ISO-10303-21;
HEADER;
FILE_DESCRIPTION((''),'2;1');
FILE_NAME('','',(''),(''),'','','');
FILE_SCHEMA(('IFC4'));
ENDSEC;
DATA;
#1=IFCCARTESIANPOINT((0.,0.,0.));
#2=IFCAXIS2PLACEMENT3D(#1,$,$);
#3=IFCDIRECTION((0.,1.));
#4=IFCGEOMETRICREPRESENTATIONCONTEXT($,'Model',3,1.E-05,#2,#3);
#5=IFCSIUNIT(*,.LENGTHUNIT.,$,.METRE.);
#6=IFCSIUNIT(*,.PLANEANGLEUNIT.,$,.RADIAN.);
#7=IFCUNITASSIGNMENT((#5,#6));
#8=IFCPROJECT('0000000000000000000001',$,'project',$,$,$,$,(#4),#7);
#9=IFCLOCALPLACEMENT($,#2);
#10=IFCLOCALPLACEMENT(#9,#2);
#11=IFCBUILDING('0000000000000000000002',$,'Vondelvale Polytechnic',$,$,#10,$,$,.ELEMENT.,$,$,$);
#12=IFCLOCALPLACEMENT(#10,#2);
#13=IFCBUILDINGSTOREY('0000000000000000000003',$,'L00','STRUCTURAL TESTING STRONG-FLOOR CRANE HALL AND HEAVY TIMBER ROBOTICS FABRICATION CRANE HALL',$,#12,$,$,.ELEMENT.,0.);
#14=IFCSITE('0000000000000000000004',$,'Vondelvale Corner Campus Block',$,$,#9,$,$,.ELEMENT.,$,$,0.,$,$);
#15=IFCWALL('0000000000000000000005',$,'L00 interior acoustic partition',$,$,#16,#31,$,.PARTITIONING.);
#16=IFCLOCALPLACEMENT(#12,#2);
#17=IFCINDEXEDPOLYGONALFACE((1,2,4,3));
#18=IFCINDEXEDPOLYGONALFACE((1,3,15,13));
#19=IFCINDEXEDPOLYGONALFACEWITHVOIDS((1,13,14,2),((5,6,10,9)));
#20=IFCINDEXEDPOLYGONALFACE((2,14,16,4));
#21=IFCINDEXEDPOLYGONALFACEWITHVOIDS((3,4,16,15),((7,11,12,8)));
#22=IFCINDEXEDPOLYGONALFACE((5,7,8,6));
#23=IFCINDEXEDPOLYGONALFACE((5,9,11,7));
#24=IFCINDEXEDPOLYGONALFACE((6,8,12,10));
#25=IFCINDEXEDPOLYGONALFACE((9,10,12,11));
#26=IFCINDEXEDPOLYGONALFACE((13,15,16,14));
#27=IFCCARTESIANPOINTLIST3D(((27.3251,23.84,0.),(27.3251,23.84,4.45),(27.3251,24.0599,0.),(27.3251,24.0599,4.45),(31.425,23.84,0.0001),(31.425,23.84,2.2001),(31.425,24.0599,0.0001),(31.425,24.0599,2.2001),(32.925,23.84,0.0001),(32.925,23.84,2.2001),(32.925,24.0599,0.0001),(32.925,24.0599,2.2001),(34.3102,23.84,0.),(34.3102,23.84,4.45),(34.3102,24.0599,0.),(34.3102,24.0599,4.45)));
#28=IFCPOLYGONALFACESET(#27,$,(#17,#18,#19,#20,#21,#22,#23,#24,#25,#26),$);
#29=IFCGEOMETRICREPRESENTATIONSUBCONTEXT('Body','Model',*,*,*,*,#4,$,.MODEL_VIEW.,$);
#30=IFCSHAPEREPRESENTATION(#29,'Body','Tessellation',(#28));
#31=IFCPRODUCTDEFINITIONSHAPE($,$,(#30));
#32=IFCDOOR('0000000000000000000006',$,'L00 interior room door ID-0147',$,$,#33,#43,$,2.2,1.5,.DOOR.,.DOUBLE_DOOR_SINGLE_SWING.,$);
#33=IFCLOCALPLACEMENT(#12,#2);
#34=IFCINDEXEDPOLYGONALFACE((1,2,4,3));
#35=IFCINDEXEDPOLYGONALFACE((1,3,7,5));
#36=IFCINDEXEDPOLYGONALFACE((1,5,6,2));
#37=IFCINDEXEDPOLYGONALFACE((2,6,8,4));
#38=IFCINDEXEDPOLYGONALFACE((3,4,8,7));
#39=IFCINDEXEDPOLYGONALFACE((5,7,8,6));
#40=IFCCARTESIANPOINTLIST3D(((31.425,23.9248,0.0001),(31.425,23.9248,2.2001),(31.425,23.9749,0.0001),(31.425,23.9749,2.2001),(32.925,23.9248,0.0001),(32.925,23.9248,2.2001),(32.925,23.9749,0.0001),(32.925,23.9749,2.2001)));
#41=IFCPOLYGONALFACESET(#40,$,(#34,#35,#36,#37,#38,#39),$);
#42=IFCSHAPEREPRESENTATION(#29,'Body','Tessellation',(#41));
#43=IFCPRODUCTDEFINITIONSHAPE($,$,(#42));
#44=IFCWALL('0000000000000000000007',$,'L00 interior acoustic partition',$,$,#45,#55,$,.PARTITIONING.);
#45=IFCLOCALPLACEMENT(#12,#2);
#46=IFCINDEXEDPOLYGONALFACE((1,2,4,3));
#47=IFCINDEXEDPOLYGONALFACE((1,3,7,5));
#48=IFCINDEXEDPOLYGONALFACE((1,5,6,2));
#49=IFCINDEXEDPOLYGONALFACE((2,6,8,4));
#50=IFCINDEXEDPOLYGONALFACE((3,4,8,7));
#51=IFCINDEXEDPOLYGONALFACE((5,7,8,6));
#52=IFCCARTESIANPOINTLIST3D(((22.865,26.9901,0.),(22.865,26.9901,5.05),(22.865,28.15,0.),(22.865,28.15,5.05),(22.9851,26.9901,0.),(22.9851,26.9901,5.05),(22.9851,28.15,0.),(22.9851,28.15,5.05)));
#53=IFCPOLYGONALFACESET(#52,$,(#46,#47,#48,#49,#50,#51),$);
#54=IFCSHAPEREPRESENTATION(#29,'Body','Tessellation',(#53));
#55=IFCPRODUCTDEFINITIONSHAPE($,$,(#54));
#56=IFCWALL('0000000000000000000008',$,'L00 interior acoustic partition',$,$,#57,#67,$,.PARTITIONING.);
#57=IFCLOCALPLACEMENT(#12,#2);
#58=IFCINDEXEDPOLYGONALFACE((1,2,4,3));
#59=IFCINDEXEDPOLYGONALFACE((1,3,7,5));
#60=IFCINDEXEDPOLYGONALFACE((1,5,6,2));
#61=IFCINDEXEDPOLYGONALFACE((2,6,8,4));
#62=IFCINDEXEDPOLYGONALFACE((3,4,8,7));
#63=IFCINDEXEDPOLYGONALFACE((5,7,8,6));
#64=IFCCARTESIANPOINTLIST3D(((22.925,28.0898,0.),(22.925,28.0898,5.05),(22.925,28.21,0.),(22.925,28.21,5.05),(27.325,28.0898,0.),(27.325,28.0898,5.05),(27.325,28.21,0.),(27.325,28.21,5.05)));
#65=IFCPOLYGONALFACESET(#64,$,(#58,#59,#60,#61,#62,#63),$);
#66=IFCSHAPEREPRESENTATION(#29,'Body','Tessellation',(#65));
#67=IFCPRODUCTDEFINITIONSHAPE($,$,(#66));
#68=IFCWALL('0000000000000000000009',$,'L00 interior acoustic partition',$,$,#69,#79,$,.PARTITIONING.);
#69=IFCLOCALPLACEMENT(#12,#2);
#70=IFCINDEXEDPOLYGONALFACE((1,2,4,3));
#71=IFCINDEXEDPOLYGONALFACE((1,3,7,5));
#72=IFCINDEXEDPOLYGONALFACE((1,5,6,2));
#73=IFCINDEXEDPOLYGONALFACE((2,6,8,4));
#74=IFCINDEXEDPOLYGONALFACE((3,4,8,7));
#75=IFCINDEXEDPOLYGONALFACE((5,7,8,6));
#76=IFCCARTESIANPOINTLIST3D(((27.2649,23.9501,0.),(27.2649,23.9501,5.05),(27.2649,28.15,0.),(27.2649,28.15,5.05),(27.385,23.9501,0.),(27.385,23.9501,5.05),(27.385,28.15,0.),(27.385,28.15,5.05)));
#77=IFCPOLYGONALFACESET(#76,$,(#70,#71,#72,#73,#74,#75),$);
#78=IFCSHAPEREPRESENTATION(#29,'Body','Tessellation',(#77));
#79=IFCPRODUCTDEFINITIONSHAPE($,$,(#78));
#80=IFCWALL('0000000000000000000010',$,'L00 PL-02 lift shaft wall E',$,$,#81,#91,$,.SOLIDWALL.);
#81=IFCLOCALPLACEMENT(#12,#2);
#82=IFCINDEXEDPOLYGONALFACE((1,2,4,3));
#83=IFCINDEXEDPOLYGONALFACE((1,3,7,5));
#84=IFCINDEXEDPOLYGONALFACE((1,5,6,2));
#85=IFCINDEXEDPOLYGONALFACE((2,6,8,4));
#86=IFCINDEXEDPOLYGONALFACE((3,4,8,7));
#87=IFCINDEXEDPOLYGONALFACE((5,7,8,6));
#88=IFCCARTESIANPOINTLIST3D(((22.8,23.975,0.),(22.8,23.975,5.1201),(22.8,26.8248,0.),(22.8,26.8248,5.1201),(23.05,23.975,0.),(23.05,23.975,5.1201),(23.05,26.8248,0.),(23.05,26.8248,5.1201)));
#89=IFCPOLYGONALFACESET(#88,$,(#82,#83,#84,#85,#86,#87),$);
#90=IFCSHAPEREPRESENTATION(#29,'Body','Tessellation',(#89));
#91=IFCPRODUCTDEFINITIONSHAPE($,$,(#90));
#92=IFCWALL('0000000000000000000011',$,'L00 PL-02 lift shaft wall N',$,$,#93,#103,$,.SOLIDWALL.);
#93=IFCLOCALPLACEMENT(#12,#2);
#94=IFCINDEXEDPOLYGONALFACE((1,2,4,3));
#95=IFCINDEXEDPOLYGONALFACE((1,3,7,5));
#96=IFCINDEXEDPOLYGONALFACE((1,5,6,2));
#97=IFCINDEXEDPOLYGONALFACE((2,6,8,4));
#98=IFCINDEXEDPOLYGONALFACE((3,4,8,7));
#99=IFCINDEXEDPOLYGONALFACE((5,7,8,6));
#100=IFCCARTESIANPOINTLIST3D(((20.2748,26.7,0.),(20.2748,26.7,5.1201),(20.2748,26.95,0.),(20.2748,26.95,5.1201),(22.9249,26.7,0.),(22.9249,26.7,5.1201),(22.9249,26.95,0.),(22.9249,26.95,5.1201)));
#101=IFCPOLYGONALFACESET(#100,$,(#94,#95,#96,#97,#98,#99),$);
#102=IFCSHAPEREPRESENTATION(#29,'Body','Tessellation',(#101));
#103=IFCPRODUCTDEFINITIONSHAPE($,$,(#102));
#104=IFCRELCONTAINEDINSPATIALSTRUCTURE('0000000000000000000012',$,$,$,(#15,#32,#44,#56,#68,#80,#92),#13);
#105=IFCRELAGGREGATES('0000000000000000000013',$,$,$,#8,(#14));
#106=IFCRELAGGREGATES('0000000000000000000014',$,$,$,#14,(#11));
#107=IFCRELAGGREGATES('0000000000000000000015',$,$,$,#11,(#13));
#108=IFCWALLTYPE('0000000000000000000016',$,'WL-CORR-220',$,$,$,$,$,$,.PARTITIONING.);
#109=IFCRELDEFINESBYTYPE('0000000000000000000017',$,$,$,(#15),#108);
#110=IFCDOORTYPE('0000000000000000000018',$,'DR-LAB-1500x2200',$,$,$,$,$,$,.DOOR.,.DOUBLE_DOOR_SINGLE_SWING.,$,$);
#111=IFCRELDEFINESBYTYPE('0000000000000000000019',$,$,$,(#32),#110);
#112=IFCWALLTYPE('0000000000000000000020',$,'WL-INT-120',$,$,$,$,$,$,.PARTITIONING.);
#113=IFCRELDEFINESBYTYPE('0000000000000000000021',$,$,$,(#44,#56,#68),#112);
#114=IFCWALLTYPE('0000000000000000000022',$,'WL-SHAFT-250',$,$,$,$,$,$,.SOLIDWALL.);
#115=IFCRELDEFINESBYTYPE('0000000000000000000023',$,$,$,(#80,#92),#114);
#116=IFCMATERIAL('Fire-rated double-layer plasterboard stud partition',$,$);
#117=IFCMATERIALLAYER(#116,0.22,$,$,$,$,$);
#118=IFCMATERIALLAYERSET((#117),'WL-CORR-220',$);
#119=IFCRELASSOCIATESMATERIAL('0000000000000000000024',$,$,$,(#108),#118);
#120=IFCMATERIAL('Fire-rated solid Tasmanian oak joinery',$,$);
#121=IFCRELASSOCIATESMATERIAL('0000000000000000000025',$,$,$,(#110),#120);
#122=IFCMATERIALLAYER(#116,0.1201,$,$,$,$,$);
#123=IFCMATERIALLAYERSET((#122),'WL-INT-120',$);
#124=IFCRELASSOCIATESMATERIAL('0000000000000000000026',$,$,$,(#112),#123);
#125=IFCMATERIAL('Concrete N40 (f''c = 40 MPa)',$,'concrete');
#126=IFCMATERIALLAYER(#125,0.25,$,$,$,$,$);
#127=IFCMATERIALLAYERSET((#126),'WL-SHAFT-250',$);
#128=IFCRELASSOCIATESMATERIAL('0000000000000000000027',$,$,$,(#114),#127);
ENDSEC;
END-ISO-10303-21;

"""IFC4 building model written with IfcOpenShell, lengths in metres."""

from ifc_helpers import new_model, si_unit, direction, frame, frame_2d, origin, place, context, subcontext, project, spatial, rectangle, extrude, material, layer, layer_set, type_object, element, fill, save


model = new_model("IFC4")

# Units and contexts
model_context = context("Model", 3, precision=1e-05, world=origin(), true_north=direction((0.0, 1.0)))
body_context = subcontext(model_context, "Body", "Model", "MODEL_VIEW")
ifc_project = project(units=[si_unit("LENGTHUNIT", "METRE"), si_unit("PLANEANGLEUNIT", "RADIAN")], contexts=[model_context])

# Site, building, storey
site_placement = place(None, origin())
site = spatial("IfcSite", under=ifc_project, at=site_placement, Name="Vondelvale Corner Campus Block", CompositionType="ELEMENT", RefElevation=0.0)
building_placement = place(site_placement, origin())
building = spatial("IfcBuilding", under=site, at=building_placement, Name="Vondelvale Polytechnic", CompositionType="ELEMENT")
storey_placement = place(building_placement, origin())
storey = spatial("IfcBuildingStorey", under=building, at=storey_placement, Name="L00", Description="STRUCTURAL TESTING STRONG-FLOOR CRANE HALL AND HEAVY TIMBER ROBOTICS FABRICATION CRANE HALL", CompositionType="ELEMENT", Elevation=0.0)

# Shared definitions
ifc_material_1 = material(Name="Concrete N40 (f'c = 40 MPa)", Category="concrete")

# Wall, opening, door
ifc_material_2 = material(Name="Fire-rated double-layer plasterboard stud partition")
ifc_layer_1 = layer(ifc_material_2, 0.22)
ifc_layer_set_1 = layer_set([ifc_layer_1], Name="WL-CORR-220")
wall_type_1 = type_object("IfcWallType", Name="WL-CORR-220", PredefinedType="PARTITIONING", material=ifc_layer_set_1)
ifc_material_3 = material(Name="Fire-rated solid Tasmanian oak joinery")
wall_1_placement = place(storey_placement, frame((27.325, 23.95, 0.0), z_axis=(0.0, 0.0, 1.0), x_axis=(1.0, 0.0, 0.0)))
wall_1 = element("IfcWall", 1, at=wall_1_placement, inside=storey, type_object=wall_type_1, Name="L00 interior acoustic partition", PredefinedType="PARTITIONING", context=body_context, shape_type="SweptSolid", body=[
    extrude(rectangle(XDim=6.9851, YDim=0.22, at=frame_2d((3.4927, 0.0))), origin(), (0.0, 0.0, 1.0), 4.45),
])
opening_1_placement = place(wall_1_placement, frame((4.1001, 0.0, 0.0)))
opening_1 = element("IfcOpeningElement", 2, at=opening_1_placement, cuts=wall_1, PredefinedType="OPENING", context=body_context, shape_type="SweptSolid", body=[
    extrude(rectangle(XDim=1.5, YDim=2.2, at=frame_2d((0.75, 1.1001))), frame((0.0, 0.1199, 0.0), z_axis=(0.0, -1.0, 0.0), x_axis=(1.0, 0.0, 0.0)), (0.0, 0.0, 1.0), 0.24),
])
door_type_1 = type_object("IfcDoorType", Name="DR-LAB-1500x2200", OperationType="DOUBLE_DOOR_SINGLE_SWING", PredefinedType="DOOR", material=ifc_material_3)
door_1_placement = place(opening_1_placement, origin())
door_1 = element("IfcDoor", 3, at=door_1_placement, inside=storey, type_object=door_type_1, Name="L00 interior room door ID-0147", OperationType="DOUBLE_DOOR_SINGLE_SWING", OverallHeight=2.2, OverallWidth=1.5, PredefinedType="DOOR", context=body_context, shape_type="SweptSolid", body=[
    extrude(rectangle(XDim=1.5, YDim=2.2, at=frame_2d((0.75, 1.1001))), frame((0.0, 0.0249, 0.0), z_axis=(0.0, -1.0, 0.0), x_axis=(1.0, 0.0, 0.0)), (0.0, 0.0, 1.0), 0.05),
])
fill(opening_1, door_1)

# Walls
ifc_layer_2 = layer(ifc_material_2, 0.1201)
ifc_layer_set_2 = layer_set([ifc_layer_2], Name="WL-INT-120")
wall_type_2 = type_object("IfcWallType", Name="WL-INT-120", PredefinedType="PARTITIONING", material=ifc_layer_set_2)
wall_2_placement = place(storey_placement, frame((22.925, 26.99, 0.0), z_axis=(0.0, 0.0, 1.0), x_axis=(0.0, 1.0, 0.0)))
element("IfcWall", 4, at=wall_2_placement, inside=storey, type_object=wall_type_2, Name="L00 interior acoustic partition", PredefinedType="PARTITIONING", context=body_context, shape_type="SweptSolid", body=[
    extrude(rectangle(XDim=1.1599, YDim=0.1201, at=frame_2d((0.5801, 0.0))), origin(), (0.0, 0.0, 1.0), 5.05),
])
wall_3_placement = place(storey_placement, frame((22.925, 28.1499, 0.0), z_axis=(0.0, 0.0, 1.0), x_axis=(1.0, 0.0, 0.0)))
element("IfcWall", 5, at=wall_3_placement, inside=storey, type_object=wall_type_2, Name="L00 interior acoustic partition", PredefinedType="PARTITIONING", context=body_context, shape_type="SweptSolid", body=[
    extrude(rectangle(XDim=4.3999, YDim=0.1201, at=frame_2d((2.2, 0.0))), origin(), (0.0, 0.0, 1.0), 5.05),
])
wall_4_placement = place(storey_placement, frame((27.325, 23.95, 0.0), z_axis=(0.0, 0.0, 1.0), x_axis=(0.0, 1.0, 0.0)))
element("IfcWall", 6, at=wall_4_placement, inside=storey, type_object=wall_type_2, Name="L00 interior acoustic partition", PredefinedType="PARTITIONING", context=body_context, shape_type="SweptSolid", body=[
    extrude(rectangle(XDim=4.2, YDim=0.1201, at=frame_2d((2.1001, 0.0))), origin(), (0.0, 0.0, 1.0), 5.05),
])
ifc_layer_3 = layer(ifc_material_1, 0.25)
ifc_layer_set_3 = layer_set([ifc_layer_3], Name="WL-SHAFT-250")
wall_type_3 = type_object("IfcWallType", Name="WL-SHAFT-250", PredefinedType="SOLIDWALL", material=ifc_layer_set_3)
wall_5_placement = place(storey_placement, frame((22.925, 23.9751, 0.0), z_axis=(0.0, 0.0, 1.0), x_axis=(0.0, 1.0, 0.0)))
element("IfcWall", 7, at=wall_5_placement, inside=storey, type_object=wall_type_3, Name="L00 PL-02 lift shaft wall E", PredefinedType="SOLIDWALL", context=body_context, shape_type="SweptSolid", body=[
    extrude(rectangle(XDim=2.8499, YDim=0.25, at=frame_2d((1.4248, 0.0))), origin(), (0.0, 0.0, 1.0), 5.1201),
])
wall_6_placement = place(storey_placement, frame((22.925, 26.825, 0.0), z_axis=(0.0, 0.0, 1.0), x_axis=(-1.0, 0.0, 0.0)))
element("IfcWall", 8, at=wall_6_placement, inside=storey, type_object=wall_type_3, Name="L00 PL-02 lift shaft wall N", PredefinedType="SOLIDWALL", context=body_context, shape_type="SweptSolid", body=[
    extrude(rectangle(XDim=2.6501, YDim=0.25, at=frame_2d((1.3252, 0.0))), origin(), (0.0, 0.0, 1.0), 5.1201),
])

save(model, "model.ifc")
